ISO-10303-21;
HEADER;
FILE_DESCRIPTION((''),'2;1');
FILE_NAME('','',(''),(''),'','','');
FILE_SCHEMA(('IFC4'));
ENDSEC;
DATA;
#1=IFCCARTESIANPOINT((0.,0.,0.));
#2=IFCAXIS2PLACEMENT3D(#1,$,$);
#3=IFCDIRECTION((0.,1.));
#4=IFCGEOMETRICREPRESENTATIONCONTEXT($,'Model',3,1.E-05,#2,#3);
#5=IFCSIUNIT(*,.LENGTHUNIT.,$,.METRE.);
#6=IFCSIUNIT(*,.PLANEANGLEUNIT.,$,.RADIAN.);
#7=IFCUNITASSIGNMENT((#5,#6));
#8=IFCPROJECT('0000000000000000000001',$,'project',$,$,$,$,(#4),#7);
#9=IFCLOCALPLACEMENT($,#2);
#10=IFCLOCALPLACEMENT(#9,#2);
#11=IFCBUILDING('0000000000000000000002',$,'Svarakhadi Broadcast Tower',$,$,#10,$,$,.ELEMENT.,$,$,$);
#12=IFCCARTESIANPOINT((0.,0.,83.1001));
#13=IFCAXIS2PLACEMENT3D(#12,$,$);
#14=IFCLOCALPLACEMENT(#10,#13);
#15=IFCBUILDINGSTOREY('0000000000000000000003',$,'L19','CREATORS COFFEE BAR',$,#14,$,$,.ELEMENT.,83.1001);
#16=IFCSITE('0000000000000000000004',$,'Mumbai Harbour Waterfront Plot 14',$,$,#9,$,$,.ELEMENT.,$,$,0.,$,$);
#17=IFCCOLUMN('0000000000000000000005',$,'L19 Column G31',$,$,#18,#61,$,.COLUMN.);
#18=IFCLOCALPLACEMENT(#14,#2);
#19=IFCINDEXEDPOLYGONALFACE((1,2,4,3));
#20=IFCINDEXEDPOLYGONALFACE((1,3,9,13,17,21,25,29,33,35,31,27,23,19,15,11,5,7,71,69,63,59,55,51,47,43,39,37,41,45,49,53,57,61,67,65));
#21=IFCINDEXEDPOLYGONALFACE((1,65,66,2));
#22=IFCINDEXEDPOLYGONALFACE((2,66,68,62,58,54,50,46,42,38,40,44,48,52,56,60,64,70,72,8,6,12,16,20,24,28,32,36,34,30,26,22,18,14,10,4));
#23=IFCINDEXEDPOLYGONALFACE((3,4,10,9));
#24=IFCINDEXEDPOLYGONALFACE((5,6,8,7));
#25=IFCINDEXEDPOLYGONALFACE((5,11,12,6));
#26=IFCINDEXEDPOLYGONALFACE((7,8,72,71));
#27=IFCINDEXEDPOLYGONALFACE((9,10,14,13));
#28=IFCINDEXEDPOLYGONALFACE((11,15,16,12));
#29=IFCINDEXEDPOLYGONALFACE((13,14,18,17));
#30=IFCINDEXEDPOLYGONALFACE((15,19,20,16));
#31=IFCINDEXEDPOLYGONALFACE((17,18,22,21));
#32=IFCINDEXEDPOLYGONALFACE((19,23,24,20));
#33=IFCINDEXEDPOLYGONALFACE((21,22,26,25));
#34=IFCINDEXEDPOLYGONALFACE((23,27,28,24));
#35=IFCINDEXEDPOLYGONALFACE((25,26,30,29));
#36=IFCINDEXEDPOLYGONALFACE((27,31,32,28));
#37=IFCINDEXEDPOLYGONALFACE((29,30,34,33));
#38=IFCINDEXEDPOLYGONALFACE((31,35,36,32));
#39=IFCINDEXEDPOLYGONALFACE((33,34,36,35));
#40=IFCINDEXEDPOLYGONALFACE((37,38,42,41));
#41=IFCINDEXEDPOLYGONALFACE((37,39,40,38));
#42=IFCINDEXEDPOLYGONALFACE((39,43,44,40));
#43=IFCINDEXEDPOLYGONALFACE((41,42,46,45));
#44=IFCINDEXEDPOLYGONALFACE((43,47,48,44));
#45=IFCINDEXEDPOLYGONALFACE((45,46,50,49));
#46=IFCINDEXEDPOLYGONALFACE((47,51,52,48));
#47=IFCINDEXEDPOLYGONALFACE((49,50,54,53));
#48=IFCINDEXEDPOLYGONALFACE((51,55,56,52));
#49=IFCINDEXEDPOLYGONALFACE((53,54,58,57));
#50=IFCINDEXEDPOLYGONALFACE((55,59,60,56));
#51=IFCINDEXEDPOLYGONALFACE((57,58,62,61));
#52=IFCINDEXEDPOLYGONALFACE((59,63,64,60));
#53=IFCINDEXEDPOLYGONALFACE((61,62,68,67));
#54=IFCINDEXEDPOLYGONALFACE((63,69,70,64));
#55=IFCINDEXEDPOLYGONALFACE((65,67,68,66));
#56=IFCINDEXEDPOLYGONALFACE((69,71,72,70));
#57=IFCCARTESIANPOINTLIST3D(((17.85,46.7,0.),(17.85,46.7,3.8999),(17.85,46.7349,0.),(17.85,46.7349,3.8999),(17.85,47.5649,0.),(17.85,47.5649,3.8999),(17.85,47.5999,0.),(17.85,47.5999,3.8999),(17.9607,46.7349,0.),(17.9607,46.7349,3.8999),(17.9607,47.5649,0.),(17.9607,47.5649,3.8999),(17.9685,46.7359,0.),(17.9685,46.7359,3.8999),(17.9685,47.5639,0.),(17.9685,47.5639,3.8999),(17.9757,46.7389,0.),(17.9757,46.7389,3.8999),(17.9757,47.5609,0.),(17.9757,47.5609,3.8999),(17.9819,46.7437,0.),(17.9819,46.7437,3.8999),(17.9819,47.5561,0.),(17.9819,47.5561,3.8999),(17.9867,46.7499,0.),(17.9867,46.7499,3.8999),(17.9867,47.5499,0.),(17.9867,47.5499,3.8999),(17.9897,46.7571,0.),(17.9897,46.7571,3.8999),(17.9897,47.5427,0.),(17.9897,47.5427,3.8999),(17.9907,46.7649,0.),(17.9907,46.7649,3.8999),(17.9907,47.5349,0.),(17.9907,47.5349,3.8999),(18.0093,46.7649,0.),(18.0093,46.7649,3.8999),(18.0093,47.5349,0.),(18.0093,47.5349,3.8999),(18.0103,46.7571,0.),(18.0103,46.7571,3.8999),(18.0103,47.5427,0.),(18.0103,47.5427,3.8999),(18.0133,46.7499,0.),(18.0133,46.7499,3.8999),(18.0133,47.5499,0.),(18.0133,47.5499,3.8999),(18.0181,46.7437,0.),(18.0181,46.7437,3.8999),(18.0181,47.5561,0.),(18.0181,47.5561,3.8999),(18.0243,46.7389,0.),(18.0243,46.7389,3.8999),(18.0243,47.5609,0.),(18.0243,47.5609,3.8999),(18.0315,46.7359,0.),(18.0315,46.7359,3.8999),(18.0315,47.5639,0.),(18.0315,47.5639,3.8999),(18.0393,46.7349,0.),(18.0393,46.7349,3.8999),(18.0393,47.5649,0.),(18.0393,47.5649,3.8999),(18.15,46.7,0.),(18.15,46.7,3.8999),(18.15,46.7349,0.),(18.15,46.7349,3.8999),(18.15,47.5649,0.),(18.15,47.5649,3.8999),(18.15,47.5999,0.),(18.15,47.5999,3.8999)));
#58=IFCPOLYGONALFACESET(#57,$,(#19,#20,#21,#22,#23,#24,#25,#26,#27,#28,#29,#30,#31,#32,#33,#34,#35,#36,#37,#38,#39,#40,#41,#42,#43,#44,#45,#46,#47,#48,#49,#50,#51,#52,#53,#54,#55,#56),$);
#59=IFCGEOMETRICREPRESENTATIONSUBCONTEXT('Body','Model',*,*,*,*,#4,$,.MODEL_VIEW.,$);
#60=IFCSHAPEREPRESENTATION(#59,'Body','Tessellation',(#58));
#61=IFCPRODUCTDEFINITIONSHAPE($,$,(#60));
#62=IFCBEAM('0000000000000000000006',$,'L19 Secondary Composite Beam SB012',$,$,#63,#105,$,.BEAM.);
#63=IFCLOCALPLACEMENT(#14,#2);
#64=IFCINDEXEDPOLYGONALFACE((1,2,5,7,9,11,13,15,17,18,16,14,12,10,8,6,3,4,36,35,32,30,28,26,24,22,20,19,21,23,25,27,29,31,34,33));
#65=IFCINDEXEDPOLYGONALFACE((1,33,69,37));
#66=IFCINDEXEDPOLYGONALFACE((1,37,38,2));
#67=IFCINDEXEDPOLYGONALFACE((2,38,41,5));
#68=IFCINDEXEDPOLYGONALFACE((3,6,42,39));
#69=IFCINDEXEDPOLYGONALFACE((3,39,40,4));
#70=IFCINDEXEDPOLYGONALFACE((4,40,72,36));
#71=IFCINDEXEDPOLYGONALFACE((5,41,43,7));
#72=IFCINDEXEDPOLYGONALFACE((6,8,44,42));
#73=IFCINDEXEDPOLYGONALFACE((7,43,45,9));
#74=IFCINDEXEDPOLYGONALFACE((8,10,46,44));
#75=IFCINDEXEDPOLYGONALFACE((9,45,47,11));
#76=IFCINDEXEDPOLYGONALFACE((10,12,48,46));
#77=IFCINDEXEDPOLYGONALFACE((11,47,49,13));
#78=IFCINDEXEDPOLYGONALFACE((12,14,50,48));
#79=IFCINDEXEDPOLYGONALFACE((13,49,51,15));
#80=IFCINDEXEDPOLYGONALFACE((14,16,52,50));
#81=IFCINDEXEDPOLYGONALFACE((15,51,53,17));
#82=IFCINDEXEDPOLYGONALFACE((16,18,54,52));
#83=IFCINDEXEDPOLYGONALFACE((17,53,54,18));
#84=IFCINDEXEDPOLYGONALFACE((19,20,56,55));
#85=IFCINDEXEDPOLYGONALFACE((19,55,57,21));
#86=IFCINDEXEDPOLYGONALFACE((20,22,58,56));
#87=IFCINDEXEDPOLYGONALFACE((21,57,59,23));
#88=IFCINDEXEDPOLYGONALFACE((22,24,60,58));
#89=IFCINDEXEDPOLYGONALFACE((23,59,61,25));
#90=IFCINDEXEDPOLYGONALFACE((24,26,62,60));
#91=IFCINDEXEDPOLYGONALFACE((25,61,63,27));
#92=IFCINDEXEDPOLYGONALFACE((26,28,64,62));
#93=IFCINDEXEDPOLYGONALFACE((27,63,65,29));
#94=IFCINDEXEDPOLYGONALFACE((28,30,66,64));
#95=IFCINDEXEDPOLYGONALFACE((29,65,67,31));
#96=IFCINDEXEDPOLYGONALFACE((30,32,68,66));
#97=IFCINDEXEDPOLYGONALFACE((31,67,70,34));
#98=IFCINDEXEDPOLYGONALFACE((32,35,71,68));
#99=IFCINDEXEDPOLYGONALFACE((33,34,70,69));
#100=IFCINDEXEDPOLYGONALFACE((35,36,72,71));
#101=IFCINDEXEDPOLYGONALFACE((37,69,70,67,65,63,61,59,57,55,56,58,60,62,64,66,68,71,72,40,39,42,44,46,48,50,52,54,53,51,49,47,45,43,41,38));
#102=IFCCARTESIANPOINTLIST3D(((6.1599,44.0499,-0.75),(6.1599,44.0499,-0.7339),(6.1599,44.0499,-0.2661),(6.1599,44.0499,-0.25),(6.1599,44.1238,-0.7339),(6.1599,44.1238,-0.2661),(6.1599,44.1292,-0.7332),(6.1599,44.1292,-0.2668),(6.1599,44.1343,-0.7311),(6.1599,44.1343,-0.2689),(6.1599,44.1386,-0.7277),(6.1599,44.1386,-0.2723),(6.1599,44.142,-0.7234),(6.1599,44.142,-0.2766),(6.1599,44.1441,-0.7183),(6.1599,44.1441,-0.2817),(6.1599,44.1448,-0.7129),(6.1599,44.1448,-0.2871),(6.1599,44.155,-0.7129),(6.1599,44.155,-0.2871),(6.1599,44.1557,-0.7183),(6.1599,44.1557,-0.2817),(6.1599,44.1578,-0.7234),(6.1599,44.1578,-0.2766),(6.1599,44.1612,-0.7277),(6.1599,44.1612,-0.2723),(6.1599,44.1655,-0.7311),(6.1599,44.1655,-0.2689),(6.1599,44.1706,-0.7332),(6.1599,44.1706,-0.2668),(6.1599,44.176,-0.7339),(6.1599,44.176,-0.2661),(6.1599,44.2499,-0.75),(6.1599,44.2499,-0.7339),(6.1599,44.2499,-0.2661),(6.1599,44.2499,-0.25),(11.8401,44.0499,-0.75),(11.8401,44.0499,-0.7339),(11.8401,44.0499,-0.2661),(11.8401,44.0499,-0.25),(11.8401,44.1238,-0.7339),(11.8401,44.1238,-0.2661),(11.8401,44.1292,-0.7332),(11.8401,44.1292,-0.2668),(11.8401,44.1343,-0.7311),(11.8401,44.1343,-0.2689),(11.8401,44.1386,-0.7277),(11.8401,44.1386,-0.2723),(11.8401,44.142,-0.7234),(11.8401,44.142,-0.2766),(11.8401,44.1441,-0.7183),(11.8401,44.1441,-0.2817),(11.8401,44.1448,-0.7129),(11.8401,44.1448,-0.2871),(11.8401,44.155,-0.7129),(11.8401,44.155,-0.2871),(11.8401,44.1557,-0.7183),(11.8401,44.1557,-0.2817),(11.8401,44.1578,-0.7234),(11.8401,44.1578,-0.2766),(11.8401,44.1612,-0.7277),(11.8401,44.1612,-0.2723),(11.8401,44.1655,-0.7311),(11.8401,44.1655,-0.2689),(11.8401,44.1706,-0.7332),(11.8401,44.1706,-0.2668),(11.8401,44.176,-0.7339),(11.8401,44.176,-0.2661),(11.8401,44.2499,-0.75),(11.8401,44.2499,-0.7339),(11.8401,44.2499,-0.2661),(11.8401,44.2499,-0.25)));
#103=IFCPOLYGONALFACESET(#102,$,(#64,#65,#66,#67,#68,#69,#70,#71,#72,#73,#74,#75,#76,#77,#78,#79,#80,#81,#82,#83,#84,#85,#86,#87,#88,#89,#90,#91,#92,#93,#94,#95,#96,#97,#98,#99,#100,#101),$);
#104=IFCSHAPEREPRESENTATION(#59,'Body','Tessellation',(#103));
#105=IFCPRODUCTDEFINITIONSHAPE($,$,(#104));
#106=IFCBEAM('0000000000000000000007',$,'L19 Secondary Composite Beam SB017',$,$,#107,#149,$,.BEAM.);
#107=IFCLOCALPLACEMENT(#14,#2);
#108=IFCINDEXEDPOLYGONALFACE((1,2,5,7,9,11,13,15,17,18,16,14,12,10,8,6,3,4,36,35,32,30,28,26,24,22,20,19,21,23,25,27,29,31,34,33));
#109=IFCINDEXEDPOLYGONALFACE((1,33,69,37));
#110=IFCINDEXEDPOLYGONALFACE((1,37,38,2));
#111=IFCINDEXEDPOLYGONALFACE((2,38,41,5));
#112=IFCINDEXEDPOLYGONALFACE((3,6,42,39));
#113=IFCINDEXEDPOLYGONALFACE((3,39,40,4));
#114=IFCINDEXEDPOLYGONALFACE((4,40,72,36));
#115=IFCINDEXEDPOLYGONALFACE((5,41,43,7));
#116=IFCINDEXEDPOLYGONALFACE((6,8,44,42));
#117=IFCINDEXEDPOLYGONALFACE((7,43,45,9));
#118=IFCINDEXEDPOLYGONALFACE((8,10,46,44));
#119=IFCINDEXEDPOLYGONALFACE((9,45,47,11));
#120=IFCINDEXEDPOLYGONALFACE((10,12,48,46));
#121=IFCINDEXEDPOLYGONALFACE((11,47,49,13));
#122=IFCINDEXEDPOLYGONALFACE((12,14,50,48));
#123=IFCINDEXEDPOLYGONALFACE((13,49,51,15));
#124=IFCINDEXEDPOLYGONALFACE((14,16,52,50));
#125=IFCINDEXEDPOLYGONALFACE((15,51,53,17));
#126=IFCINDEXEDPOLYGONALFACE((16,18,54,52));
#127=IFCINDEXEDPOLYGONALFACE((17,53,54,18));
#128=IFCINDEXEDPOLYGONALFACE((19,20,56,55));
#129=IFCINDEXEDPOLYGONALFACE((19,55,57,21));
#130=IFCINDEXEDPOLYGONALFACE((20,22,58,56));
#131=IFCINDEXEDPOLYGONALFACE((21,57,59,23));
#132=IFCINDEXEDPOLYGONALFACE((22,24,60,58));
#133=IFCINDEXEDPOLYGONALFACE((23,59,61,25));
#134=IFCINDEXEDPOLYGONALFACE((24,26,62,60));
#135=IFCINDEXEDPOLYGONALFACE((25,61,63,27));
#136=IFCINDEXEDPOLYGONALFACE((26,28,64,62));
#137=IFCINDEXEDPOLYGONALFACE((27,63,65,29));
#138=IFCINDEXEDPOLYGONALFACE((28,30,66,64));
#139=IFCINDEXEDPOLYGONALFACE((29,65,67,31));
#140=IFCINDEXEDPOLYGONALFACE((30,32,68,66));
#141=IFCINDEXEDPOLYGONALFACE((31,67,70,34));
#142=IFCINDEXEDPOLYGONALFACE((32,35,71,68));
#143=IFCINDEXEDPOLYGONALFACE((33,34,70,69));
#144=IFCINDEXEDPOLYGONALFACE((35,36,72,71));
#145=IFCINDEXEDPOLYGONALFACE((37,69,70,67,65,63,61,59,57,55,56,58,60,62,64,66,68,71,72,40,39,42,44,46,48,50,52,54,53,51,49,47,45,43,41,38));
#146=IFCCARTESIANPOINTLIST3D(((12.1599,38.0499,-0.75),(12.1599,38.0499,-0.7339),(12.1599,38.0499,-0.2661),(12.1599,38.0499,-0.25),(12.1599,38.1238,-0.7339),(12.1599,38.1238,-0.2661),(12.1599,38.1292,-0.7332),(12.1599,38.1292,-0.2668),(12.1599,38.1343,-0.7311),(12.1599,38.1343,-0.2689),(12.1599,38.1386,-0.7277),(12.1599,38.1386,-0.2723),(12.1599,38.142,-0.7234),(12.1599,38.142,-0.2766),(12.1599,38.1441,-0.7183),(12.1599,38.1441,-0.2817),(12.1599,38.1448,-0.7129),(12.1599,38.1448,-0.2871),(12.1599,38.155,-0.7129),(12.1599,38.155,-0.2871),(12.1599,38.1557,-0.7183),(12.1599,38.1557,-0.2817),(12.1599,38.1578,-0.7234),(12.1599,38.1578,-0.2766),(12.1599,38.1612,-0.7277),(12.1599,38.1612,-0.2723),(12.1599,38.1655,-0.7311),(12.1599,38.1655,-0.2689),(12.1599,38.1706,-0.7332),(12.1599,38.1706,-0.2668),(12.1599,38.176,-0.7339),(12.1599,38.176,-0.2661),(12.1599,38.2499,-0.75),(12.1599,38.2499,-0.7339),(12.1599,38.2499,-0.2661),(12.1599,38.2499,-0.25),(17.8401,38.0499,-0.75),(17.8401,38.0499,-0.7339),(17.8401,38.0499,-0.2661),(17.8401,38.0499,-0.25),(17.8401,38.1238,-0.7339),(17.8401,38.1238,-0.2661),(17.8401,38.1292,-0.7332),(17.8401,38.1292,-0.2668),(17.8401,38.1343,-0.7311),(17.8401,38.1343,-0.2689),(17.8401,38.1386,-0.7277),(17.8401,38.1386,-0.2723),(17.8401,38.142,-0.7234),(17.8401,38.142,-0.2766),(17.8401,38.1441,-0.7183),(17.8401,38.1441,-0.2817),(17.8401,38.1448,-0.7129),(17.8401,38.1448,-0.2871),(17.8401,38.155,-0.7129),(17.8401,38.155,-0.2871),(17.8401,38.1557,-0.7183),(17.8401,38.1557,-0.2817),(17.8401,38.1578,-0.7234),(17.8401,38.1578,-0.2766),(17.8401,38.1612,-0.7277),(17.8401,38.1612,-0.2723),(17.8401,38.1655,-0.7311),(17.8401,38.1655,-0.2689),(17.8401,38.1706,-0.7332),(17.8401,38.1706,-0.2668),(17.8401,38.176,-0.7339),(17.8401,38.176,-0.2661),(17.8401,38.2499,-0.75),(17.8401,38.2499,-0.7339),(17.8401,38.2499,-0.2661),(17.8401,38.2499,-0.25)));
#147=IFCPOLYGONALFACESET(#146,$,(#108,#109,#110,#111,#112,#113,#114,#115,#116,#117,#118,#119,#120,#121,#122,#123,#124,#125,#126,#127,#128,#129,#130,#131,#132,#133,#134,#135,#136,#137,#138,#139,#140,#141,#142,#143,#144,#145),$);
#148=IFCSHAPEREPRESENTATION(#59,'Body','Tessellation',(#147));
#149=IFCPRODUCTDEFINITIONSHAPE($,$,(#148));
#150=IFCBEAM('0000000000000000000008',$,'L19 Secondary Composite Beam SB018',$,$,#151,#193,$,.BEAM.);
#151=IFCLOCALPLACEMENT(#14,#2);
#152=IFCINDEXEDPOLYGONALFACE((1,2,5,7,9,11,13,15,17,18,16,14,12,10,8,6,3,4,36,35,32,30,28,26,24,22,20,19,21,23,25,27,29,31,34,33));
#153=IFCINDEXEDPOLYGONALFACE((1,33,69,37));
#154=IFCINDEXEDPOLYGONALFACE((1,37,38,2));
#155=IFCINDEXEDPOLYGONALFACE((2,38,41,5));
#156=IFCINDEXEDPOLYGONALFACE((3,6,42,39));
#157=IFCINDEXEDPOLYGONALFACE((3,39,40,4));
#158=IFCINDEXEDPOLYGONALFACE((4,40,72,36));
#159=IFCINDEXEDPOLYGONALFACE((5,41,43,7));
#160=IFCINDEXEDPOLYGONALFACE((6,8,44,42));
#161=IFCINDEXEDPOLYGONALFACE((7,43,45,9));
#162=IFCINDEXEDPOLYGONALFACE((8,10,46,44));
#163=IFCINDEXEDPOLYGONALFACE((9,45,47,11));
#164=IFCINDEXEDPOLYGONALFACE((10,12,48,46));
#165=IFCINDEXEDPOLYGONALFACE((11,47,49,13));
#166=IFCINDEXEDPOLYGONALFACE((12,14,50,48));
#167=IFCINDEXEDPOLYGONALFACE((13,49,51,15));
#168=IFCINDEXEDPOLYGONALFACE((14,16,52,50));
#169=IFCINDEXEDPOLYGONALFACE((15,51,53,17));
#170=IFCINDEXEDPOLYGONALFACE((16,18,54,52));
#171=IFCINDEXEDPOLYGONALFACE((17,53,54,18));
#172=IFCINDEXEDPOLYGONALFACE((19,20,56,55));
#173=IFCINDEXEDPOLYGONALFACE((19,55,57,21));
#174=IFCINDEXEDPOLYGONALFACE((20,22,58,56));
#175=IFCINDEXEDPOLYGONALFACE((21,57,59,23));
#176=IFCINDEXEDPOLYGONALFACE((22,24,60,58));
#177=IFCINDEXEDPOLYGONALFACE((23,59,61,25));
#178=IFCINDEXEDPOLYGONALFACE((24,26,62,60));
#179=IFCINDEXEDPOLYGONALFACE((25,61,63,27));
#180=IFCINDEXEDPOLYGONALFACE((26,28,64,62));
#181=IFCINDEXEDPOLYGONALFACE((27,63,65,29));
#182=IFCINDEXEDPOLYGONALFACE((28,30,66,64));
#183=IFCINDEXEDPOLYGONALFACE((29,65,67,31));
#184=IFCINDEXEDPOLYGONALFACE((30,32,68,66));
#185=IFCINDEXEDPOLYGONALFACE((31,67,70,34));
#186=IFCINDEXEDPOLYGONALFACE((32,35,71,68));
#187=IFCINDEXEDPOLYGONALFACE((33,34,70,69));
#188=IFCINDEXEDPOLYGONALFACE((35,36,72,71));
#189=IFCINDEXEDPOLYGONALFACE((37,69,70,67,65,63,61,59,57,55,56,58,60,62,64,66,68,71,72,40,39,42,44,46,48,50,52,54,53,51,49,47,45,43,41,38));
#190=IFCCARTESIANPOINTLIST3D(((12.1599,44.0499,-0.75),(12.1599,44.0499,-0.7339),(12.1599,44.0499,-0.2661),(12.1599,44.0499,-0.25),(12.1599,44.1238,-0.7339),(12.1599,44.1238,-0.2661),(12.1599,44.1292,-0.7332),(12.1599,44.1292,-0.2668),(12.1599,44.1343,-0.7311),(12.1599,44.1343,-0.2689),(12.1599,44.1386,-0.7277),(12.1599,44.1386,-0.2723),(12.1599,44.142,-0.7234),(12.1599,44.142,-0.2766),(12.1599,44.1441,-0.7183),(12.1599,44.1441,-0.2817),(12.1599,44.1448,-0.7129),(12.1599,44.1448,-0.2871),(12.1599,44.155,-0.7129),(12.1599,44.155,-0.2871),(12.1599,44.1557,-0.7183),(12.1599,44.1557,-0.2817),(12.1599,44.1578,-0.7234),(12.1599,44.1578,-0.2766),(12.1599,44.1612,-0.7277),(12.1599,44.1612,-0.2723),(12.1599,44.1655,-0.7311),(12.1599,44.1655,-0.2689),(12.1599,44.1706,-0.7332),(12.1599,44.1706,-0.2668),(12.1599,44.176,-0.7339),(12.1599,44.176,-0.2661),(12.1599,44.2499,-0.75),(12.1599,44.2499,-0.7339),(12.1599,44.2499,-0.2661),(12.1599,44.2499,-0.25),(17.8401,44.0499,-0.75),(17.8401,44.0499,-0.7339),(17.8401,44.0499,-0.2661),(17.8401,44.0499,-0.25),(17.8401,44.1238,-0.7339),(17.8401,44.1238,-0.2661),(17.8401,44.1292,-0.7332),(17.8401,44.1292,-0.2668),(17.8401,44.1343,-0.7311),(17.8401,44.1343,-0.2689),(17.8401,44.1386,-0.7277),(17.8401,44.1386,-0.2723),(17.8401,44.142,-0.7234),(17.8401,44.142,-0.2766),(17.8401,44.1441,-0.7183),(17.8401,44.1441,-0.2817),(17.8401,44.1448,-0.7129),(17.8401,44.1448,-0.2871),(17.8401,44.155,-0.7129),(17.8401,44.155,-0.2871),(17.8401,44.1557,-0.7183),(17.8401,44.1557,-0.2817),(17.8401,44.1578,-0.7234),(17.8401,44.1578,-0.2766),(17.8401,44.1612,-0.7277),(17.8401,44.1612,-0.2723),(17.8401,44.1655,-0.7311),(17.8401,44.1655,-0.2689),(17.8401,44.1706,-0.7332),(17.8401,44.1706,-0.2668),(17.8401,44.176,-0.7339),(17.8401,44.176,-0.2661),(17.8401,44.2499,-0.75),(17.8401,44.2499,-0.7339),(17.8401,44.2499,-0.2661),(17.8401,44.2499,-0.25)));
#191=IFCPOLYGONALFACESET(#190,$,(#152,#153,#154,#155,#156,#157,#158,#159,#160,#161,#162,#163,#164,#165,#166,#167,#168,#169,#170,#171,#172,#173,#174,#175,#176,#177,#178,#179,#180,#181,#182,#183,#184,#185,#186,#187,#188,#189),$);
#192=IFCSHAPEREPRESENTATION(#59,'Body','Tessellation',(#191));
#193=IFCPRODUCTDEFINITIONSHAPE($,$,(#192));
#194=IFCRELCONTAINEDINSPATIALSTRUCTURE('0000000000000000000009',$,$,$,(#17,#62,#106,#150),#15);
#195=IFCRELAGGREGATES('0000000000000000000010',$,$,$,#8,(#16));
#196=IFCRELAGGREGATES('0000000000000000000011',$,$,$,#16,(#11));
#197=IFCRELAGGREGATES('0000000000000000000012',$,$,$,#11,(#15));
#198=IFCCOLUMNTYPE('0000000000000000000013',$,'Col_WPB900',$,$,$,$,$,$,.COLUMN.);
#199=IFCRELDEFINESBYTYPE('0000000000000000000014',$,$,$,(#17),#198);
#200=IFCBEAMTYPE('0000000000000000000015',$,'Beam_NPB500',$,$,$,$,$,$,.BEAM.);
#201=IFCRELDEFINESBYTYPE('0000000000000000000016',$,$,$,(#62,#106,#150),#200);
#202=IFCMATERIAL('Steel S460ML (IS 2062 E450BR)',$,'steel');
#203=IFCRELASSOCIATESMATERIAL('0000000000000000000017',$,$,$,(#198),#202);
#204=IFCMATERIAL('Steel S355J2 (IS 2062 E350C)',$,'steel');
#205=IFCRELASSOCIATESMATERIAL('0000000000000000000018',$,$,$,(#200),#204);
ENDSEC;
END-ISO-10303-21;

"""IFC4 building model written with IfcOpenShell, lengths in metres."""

from ifc_helpers import new_model, si_unit, direction, frame, origin, origin_2d, place, context, subcontext, project, spatial, i_section, extrude, material, material_profile, profile_set, type_object, element, save


model = new_model("IFC4")

# Units and contexts
model_context = context("Model", 3, precision=1e-05, world=origin(), true_north=direction((0.0, 1.0)))
body_context = subcontext(model_context, "Body", "Model", "MODEL_VIEW")
ifc_project = project(units=[si_unit("LENGTHUNIT", "METRE"), si_unit("PLANEANGLEUNIT", "RADIAN")], contexts=[model_context])

# Site, building, storey
site_placement = place(None, origin())
site = spatial("IfcSite", under=ifc_project, at=site_placement, Name="Mumbai Harbour Waterfront Plot 14", CompositionType="ELEMENT", RefElevation=0.0)
building_placement = place(site_placement, origin())
building = spatial("IfcBuilding", under=site, at=building_placement, Name="Svarakhadi Broadcast Tower", CompositionType="ELEMENT")
storey_placement = place(building_placement, frame((0.0, 0.0, 83.1001)))
storey = spatial("IfcBuildingStorey", under=building, at=storey_placement, Name="L19", Description="CREATORS COFFEE BAR", CompositionType="ELEMENT", Elevation=83.1001)

# Column
ifc_material_1 = material(Name="Steel S460ML (IS 2062 E450BR)", Category="steel")
ifc_material_profile_1 = material_profile(ifc_material_1, i_section(OverallWidth=0.3, OverallDepth=0.8999, WebThickness=0.0186, FlangeThickness=0.0349, FilletRadius=0.03, at=origin_2d()), Name="WPB 900x300x291")
ifc_profile_set_1 = profile_set([ifc_material_profile_1], Name="Steel S460ML (IS 2062 E450BR)")
column_type_1 = type_object("IfcColumnType", Name="Col_WPB900", PredefinedType="COLUMN", material=ifc_profile_set_1)
column_placement = place(storey_placement, frame((18.0, 47.1499, 0.0), z_axis=(0.0, 0.0, 1.0), x_axis=(1.0, 0.0, 0.0)))
element("IfcColumn", 1, at=column_placement, inside=storey, type_object=column_type_1, Name="L19 Column G31", PredefinedType="COLUMN", context=body_context, shape_type="SweptSolid", body=[
    extrude(i_section(OverallWidth=0.3, OverallDepth=0.8999, WebThickness=0.0186, FlangeThickness=0.0349, FilletRadius=0.03, at=origin_2d()), origin(), (0.0, 0.0, 1.0), 3.8999),
])

# Beams
ifc_material_2 = material(Name="Steel S355J2 (IS 2062 E350C)", Category="steel")
ifc_material_profile_2 = material_profile(ifc_material_2, i_section(OverallWidth=0.2, OverallDepth=0.5, WebThickness=0.0103, FlangeThickness=0.0161, FilletRadius=0.021, at=origin_2d()), Name="NPB 500x200x91")
ifc_profile_set_2 = profile_set([ifc_material_profile_2], Name="Steel S355J2 (IS 2062 E350C)")
beam_type_1 = type_object("IfcBeamType", Name="Beam_NPB500", PredefinedType="BEAM", material=ifc_profile_set_2)
for number, where, z_axis, x_axis, name in (
    (2, (6.1599, 44.1499, -0.5), (1.0, 0.0, 0.0), (0.0, 1.0, 0.0), "L19 Secondary Composite Beam SB012"),
    (3, (12.1599, 38.1499, -0.5), (1.0, 0.0, 0.0), (0.0, 1.0, 0.0), "L19 Secondary Composite Beam SB017"),
    (4, (12.1599, 44.1499, -0.5), (1.0, 0.0, 0.0), (0.0, 1.0, 0.0), "L19 Secondary Composite Beam SB018"),
):
    element("IfcBeam", number, at=place(storey_placement, frame(where, z_axis=z_axis, x_axis=x_axis)), inside=storey, type_object=beam_type_1, Name=name, PredefinedType="BEAM", context=body_context, shape_type="SweptSolid", body=[
        extrude(i_section(OverallWidth=0.2, OverallDepth=0.5, WebThickness=0.0103, FlangeThickness=0.0161, FilletRadius=0.021, at=origin_2d()), origin(), (0.0, 0.0, 1.0), 5.6802),
    ])

save(model, "model.ifc")
